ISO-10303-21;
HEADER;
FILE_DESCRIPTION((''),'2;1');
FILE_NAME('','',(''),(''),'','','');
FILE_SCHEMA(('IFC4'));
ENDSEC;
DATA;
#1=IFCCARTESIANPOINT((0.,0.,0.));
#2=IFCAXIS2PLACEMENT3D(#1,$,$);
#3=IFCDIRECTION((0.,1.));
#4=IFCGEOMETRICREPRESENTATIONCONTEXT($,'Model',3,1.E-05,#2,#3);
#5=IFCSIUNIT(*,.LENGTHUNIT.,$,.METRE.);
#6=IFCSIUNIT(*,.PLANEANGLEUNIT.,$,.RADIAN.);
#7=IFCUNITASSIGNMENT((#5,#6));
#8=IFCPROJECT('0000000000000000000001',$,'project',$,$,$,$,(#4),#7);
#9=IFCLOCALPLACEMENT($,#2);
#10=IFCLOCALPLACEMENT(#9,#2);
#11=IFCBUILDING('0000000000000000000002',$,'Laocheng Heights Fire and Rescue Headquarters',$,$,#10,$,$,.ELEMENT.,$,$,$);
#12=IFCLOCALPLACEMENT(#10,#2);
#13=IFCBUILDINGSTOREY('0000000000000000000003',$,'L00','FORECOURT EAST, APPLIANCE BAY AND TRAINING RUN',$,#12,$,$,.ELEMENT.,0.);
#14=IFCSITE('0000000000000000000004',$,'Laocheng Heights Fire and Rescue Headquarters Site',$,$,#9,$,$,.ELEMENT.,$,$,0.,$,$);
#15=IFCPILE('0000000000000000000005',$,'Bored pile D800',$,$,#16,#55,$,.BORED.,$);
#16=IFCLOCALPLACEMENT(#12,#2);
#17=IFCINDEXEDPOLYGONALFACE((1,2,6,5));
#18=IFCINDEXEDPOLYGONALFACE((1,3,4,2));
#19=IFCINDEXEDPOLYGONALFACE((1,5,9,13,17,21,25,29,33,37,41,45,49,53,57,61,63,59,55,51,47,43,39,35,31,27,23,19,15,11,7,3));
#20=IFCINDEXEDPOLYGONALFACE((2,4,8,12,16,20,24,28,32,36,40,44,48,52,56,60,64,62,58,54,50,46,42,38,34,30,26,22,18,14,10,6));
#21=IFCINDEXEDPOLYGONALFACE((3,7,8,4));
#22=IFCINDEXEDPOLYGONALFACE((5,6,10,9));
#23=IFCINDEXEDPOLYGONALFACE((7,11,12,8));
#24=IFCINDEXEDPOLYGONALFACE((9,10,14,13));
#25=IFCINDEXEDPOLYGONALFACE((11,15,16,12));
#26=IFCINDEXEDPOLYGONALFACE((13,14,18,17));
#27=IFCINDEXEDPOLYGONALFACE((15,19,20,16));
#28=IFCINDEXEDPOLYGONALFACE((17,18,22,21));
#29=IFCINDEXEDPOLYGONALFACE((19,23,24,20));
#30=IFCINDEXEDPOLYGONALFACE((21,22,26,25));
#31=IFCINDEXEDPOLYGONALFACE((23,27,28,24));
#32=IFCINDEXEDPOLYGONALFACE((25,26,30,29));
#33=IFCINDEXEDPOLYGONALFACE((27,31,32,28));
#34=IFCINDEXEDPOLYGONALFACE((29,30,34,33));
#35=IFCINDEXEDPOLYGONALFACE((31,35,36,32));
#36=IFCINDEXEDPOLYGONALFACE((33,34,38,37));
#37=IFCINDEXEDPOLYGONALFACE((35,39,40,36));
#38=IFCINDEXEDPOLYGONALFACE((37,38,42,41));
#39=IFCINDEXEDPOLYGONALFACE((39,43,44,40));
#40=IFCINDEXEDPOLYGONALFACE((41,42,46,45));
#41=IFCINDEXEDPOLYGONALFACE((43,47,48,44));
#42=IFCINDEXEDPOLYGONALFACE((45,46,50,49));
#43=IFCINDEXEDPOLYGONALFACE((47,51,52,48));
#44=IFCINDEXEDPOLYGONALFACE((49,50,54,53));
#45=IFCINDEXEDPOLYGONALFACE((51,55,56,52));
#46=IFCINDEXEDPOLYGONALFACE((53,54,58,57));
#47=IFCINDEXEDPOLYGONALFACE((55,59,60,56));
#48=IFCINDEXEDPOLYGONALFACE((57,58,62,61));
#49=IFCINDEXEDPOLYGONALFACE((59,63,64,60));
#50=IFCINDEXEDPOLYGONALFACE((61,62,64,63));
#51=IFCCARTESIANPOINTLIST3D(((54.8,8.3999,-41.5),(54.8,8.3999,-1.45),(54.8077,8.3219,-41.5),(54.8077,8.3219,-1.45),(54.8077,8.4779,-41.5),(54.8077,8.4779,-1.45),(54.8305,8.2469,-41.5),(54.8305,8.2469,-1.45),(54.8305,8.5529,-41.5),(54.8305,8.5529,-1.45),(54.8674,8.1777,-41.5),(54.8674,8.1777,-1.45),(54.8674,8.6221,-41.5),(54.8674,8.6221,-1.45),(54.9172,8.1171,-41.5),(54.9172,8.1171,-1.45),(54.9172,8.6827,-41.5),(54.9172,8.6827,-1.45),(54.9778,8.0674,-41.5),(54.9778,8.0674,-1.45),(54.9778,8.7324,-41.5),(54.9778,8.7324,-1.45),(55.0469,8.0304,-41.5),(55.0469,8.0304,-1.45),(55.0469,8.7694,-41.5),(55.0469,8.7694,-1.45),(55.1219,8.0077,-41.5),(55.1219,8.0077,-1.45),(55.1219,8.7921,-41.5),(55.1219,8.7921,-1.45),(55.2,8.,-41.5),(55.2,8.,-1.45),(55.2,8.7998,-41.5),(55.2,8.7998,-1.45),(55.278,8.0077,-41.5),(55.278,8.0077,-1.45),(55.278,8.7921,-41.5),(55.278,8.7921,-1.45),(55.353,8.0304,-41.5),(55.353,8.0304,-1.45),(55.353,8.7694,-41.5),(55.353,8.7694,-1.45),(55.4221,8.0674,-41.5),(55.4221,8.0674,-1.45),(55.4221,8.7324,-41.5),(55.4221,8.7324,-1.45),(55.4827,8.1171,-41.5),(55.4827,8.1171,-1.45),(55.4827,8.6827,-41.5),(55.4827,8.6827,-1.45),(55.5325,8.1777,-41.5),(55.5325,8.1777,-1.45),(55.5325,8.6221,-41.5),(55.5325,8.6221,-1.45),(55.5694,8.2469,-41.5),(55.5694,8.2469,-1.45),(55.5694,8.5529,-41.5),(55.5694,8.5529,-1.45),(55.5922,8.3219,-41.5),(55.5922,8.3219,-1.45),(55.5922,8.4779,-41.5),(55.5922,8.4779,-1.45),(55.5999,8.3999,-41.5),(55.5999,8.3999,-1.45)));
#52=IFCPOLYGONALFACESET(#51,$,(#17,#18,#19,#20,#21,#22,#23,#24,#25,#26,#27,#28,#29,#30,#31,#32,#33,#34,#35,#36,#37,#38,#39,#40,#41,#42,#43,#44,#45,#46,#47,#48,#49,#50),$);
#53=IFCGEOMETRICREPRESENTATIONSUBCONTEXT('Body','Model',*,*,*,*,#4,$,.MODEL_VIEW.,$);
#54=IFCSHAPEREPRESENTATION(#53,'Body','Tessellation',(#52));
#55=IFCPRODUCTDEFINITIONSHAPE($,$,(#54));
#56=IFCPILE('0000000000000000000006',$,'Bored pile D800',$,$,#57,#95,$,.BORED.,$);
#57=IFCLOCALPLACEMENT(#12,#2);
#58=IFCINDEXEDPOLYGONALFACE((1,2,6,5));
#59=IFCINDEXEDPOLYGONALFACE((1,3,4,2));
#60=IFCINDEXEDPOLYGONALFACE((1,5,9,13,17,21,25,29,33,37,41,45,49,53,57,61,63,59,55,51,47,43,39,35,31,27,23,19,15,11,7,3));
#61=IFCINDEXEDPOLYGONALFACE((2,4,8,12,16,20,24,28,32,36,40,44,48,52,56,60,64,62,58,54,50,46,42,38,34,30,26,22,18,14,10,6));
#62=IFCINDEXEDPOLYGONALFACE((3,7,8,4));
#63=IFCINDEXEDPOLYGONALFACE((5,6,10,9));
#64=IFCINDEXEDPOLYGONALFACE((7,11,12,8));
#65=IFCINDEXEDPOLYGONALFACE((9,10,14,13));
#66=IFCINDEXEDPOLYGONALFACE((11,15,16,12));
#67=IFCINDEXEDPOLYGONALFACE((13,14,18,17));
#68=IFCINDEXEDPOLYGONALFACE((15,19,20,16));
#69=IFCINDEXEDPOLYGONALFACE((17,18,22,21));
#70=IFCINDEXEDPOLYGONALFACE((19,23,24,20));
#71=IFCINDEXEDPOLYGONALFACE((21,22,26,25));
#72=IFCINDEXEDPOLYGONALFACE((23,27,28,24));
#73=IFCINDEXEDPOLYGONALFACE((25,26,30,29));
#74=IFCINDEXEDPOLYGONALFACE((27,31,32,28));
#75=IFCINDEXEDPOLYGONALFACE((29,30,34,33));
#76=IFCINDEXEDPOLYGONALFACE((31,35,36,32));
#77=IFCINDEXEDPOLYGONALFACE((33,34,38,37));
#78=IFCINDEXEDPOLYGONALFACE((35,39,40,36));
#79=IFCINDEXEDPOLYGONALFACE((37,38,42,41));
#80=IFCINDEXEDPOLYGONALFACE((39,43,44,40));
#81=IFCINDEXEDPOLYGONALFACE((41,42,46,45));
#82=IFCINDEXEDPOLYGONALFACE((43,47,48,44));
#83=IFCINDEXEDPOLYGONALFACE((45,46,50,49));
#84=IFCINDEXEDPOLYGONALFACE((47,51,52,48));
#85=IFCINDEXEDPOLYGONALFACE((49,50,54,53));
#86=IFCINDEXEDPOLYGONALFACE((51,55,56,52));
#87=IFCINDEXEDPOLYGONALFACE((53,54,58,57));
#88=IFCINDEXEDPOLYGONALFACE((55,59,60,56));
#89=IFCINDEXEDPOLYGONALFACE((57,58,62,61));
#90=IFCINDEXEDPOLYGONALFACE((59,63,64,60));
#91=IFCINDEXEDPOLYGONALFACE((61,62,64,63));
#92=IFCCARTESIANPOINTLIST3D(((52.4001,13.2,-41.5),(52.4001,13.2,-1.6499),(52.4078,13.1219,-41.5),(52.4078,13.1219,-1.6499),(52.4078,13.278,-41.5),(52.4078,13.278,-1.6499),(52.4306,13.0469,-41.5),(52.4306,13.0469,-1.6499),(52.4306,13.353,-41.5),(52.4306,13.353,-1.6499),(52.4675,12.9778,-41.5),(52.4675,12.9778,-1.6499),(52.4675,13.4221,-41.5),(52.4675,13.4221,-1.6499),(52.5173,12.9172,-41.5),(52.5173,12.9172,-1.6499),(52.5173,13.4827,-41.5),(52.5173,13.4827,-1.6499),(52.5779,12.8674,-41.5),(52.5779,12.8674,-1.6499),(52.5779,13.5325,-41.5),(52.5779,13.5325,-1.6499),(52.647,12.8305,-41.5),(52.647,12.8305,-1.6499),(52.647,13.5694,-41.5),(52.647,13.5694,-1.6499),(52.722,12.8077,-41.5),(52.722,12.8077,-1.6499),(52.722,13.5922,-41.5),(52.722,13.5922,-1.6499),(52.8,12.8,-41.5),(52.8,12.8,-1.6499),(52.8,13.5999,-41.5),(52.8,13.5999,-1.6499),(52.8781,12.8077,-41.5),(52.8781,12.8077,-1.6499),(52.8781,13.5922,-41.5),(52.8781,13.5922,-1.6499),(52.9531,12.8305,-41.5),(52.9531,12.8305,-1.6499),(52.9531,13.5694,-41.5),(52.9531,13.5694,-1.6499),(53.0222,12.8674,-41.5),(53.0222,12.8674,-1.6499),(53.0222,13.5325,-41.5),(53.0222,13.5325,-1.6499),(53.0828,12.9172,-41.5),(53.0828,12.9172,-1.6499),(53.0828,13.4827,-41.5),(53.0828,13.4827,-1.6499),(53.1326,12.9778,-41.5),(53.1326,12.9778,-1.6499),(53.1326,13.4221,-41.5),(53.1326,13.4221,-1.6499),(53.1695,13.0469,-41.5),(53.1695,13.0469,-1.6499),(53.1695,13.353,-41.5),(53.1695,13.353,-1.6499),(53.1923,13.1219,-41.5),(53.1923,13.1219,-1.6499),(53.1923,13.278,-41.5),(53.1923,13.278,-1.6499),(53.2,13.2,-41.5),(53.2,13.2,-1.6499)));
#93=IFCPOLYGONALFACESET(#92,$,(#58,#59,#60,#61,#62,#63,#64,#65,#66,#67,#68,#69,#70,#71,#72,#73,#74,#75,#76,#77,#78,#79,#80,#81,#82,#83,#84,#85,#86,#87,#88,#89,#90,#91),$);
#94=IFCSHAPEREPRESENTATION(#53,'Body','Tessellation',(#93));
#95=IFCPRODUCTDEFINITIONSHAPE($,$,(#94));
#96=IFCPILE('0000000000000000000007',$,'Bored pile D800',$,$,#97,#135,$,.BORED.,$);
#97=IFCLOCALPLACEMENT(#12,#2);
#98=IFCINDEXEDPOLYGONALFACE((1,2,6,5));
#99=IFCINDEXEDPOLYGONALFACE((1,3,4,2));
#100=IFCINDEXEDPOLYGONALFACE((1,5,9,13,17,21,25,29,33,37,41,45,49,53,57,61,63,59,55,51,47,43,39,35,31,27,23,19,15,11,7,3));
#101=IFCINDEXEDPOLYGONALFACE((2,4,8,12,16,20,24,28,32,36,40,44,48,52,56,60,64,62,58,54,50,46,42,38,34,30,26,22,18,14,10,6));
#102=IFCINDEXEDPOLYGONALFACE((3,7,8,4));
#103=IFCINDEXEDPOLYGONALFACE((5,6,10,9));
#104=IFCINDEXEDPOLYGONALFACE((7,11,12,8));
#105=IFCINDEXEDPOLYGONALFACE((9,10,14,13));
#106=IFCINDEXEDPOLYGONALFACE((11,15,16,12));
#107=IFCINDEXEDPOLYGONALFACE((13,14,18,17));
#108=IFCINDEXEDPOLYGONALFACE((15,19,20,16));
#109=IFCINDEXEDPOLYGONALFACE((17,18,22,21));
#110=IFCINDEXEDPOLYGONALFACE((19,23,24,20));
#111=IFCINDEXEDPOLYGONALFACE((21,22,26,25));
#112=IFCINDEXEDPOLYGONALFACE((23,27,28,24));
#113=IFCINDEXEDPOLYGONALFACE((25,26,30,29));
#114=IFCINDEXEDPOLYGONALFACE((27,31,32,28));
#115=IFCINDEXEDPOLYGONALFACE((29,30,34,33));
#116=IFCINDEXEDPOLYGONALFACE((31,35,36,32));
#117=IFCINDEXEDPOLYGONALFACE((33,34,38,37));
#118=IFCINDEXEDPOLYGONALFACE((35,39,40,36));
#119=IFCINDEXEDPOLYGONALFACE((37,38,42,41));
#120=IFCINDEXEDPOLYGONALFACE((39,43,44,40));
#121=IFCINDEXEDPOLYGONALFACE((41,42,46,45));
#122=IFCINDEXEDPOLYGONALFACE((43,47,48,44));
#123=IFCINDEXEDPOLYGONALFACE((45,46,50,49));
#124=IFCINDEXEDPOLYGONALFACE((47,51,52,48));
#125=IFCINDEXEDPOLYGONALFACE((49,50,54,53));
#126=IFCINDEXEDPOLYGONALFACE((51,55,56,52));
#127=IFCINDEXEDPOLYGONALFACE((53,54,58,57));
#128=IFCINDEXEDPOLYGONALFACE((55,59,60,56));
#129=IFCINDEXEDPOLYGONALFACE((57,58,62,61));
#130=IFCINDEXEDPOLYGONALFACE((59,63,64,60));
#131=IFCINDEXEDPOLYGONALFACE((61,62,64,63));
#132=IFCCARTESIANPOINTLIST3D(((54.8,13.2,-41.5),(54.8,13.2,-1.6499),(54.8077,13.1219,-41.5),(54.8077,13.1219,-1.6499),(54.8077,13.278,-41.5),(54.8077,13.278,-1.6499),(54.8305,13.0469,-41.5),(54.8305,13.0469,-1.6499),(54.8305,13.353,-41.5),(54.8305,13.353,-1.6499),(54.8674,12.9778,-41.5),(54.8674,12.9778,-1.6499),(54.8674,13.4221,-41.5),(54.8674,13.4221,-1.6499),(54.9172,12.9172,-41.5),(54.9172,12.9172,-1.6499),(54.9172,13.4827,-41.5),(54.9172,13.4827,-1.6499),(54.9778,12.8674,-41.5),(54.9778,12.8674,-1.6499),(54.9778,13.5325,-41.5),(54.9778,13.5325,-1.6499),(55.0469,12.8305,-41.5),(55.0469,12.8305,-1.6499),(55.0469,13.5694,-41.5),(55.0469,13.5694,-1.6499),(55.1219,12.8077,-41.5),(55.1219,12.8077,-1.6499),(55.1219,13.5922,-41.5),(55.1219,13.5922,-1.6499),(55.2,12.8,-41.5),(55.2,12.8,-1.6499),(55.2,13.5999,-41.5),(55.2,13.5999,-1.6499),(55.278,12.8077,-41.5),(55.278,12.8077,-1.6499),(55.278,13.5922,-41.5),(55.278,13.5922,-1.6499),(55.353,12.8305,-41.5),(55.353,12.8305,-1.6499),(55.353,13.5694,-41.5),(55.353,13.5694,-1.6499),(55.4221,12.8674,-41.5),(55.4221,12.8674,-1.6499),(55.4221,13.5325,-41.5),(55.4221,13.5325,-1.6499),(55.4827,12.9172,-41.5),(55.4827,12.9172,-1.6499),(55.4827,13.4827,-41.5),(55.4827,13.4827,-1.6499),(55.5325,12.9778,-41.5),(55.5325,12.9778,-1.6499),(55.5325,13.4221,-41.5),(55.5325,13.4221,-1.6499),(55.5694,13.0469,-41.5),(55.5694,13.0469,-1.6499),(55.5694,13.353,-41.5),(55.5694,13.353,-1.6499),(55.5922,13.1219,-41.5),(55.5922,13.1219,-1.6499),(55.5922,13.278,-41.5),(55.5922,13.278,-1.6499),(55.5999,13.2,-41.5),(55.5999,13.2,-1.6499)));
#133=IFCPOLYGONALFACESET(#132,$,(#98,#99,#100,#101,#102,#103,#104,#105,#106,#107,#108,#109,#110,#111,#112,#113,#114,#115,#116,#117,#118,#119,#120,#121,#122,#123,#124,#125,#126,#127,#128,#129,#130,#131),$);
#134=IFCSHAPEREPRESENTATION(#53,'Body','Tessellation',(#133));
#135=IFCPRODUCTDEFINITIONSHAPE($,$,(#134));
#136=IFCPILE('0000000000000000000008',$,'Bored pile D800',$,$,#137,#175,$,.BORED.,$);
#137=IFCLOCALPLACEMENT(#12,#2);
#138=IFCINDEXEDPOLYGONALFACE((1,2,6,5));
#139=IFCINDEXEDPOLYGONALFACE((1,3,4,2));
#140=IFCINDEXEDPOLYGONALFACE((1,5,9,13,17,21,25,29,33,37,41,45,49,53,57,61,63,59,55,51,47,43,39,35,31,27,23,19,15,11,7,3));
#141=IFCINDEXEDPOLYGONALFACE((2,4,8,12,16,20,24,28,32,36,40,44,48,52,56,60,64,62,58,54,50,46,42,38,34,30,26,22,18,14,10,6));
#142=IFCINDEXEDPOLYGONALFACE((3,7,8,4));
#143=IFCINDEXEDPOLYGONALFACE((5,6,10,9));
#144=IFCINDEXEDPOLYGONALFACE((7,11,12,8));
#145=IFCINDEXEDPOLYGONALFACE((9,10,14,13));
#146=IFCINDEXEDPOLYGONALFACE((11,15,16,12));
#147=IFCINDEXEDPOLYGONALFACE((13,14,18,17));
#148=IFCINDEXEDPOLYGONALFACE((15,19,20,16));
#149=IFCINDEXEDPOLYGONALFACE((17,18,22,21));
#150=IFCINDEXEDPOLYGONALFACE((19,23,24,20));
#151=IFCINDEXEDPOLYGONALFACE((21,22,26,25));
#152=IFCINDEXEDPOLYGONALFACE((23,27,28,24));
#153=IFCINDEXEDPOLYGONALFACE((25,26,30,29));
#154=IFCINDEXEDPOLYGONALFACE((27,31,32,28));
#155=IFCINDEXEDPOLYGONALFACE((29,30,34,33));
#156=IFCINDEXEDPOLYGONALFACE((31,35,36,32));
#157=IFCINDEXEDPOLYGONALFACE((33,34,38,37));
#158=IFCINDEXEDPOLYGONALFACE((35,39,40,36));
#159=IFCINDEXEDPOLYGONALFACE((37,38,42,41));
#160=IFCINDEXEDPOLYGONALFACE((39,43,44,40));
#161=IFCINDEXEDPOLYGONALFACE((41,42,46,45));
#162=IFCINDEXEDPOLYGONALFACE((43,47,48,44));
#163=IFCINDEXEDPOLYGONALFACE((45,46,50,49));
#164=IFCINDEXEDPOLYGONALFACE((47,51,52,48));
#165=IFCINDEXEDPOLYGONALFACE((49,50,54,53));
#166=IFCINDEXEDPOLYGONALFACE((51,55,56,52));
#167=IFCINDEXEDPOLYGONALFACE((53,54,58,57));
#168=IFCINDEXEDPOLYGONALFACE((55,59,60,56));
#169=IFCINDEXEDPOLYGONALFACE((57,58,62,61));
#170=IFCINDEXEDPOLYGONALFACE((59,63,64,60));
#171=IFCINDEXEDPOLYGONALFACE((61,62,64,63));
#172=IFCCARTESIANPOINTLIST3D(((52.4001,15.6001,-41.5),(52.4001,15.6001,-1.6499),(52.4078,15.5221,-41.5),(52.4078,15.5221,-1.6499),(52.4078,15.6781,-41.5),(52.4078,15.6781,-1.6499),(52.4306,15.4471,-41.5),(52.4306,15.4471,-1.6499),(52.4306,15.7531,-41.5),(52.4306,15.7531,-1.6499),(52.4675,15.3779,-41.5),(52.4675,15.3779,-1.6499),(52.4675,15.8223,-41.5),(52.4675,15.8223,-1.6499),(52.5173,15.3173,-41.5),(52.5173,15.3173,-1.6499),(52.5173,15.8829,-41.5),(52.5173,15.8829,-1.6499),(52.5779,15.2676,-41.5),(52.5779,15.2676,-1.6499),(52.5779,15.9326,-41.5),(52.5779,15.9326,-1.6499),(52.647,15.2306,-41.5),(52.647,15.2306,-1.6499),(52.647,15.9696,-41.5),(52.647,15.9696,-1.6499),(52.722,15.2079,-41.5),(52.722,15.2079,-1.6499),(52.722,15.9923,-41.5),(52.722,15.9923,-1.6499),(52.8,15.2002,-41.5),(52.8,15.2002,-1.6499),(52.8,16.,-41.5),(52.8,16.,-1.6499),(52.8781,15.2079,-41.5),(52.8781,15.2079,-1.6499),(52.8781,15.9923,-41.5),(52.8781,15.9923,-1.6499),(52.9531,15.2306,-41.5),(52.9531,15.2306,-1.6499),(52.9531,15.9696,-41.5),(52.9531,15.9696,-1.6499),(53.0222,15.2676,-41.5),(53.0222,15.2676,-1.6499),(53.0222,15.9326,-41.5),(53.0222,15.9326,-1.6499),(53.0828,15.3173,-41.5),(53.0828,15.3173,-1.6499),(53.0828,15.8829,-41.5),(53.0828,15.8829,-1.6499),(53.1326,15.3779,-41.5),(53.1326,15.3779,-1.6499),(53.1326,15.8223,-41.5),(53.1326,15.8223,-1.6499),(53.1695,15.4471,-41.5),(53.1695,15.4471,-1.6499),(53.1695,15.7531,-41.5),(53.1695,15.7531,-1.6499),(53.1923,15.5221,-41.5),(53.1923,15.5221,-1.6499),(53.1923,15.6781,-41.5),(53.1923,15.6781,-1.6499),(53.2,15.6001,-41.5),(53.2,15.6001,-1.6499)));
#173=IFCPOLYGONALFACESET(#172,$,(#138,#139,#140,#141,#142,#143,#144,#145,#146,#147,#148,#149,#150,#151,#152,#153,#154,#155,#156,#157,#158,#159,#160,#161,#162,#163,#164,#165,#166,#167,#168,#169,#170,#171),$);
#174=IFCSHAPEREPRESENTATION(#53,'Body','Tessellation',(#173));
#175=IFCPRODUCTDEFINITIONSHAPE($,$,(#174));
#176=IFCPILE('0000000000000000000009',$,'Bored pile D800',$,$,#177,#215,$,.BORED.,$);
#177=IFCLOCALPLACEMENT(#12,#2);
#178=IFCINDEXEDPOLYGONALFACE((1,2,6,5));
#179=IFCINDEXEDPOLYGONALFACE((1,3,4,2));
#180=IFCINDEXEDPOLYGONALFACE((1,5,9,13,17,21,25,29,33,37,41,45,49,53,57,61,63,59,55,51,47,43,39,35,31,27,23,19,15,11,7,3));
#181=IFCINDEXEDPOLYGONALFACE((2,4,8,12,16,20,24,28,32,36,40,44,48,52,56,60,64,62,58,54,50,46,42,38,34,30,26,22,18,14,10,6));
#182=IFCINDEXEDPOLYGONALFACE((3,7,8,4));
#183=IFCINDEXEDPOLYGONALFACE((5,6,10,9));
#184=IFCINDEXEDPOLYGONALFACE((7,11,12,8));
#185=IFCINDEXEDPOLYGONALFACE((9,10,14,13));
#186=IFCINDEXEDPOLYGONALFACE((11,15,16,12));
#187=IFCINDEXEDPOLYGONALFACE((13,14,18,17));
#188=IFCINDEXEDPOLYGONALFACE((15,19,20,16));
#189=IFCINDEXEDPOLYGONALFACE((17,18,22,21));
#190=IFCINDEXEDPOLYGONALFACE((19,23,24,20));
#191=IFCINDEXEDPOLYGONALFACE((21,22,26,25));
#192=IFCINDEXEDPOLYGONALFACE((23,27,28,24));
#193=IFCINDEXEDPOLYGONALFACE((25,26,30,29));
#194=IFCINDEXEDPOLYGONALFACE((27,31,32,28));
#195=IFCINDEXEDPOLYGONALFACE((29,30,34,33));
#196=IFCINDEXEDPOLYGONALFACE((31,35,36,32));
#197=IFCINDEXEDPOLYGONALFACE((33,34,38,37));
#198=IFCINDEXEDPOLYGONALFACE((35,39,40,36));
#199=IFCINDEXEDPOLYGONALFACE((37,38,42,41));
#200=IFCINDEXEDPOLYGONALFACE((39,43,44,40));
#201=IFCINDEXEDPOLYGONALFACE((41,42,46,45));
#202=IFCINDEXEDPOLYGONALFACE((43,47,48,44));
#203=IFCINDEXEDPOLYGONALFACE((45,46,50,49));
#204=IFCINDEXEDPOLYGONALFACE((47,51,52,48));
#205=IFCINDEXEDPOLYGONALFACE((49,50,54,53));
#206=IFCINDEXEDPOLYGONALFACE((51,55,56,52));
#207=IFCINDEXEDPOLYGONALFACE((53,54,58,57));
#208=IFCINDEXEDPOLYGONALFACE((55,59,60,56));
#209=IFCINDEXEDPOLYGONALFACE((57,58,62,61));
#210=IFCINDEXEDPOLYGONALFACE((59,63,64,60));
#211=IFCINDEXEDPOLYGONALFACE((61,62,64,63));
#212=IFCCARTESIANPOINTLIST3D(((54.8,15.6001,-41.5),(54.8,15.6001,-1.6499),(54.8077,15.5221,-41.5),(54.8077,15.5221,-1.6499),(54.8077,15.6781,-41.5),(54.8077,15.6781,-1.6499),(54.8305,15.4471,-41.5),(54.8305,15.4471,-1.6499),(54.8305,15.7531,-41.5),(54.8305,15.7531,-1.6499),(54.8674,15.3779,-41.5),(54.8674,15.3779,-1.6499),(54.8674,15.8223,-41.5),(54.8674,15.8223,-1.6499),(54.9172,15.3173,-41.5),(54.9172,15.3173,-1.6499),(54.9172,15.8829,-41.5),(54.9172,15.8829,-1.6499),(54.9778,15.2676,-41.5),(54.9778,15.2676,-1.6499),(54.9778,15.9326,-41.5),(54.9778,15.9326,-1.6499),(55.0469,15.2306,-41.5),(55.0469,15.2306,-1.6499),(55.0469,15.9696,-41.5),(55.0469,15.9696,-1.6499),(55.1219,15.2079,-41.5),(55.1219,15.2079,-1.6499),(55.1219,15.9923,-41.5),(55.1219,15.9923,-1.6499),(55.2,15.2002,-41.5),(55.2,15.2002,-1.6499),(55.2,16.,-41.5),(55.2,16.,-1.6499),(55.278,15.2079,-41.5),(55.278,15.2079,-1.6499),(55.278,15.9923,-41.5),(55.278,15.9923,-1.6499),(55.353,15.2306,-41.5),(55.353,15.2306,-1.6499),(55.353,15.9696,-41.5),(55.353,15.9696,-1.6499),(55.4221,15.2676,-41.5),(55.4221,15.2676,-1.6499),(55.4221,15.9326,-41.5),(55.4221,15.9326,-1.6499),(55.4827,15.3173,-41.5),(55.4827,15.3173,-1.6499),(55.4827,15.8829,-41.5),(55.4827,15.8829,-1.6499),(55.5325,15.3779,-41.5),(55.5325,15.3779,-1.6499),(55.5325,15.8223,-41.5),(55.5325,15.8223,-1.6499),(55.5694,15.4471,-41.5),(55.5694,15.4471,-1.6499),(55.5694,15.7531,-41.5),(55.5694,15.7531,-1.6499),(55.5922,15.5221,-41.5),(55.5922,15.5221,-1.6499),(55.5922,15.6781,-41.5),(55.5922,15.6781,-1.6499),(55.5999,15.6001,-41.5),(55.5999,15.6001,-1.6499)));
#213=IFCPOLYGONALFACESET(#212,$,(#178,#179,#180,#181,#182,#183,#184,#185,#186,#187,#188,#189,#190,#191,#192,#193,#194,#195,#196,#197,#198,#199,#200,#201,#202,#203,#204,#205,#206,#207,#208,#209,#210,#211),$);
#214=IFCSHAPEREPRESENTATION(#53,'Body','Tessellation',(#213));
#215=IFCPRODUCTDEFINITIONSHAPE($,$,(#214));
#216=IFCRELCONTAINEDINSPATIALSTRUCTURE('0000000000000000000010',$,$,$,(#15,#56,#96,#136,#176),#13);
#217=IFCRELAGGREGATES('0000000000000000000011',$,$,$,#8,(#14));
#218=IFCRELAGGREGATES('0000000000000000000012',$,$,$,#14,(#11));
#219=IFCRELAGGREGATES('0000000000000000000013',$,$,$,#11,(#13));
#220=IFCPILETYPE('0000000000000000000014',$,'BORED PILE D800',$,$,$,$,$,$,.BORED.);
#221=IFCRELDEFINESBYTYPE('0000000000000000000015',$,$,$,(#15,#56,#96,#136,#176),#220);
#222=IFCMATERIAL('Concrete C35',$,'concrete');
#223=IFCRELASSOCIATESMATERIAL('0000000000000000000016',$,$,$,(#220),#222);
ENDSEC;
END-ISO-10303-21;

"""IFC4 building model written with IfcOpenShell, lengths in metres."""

from ifc_helpers import new_model, si_unit, direction, frame, origin, origin_2d, place, context, subcontext, project, spatial, circle, extrude, material, material_profile, profile_set, type_object, element, save


model = new_model("IFC4")

# Units and contexts
model_context = context("Model", 3, precision=1e-05, world=origin(), true_north=direction((0.0, 1.0)))
body_context = subcontext(model_context, "Body", "Model", "MODEL_VIEW")
ifc_project = project(units=[si_unit("LENGTHUNIT", "METRE"), si_unit("PLANEANGLEUNIT", "RADIAN")], contexts=[model_context])

# Site, building, storey
site_placement = place(None, origin())
site = spatial("IfcSite", under=ifc_project, at=site_placement, Name="Laocheng Heights Fire and Rescue Headquarters Site", CompositionType="ELEMENT", RefElevation=0.0)
building_placement = place(site_placement, origin())
building = spatial("IfcBuilding", under=site, at=building_placement, Name="Laocheng Heights Fire and Rescue Headquarters", CompositionType="ELEMENT")
storey_placement = place(building_placement, origin())
storey = spatial("IfcBuildingStorey", under=building, at=storey_placement, Name="L00", Description="FORECOURT EAST, APPLIANCE BAY AND TRAINING RUN", CompositionType="ELEMENT", Elevation=0.0)

# Piles
ifc_material_1 = material(Name="Concrete C35", Category="concrete")
ifc_material_profile_1 = material_profile(ifc_material_1, circle(Radius=0.3999, at=origin_2d()), Name="BORED PILE D800")
ifc_profile_set_1 = profile_set([ifc_material_profile_1], Name="Concrete C35")
pile_type = type_object("IfcPileType", Name="BORED PILE D800", PredefinedType="BORED", material=ifc_profile_set_1)
pile_placement = place(storey_placement, frame((55.2, 8.3999, -1.45), z_axis=(0.0, 0.0, -1.0), x_axis=(1.0, 0.0, 0.0)))
element("IfcPile", 1, at=pile_placement, inside=storey, type_object=pile_type, Name="Bored pile D800", PredefinedType="BORED", context=body_context, shape_type="SweptSolid", body=[
    extrude(circle(Radius=0.3999, at=origin_2d()), origin(), (0.0, 0.0, 1.0), 40.05),
])
for number, where, z_axis, x_axis, name in (
    (2, (52.8, 13.2, -1.6499), (0.0, 0.0, -1.0), (1.0, 0.0, 0.0), "Bored pile D800"),
    (3, (55.2, 13.2, -1.6499), (0.0, 0.0, -1.0), (1.0, 0.0, 0.0), "Bored pile D800"),
    (4, (52.8, 15.6001, -1.6499), (0.0, 0.0, -1.0), (1.0, 0.0, 0.0), "Bored pile D800"),
    (5, (55.2, 15.6001, -1.6499), (0.0, 0.0, -1.0), (1.0, 0.0, 0.0), "Bored pile D800"),
):
    element("IfcPile", number, at=place(storey_placement, frame(where, z_axis=z_axis, x_axis=x_axis)), inside=storey, type_object=pile_type, Name=name, PredefinedType="BORED", context=body_context, shape_type="SweptSolid", body=[
        extrude(circle(Radius=0.3999, at=origin_2d()), origin(), (0.0, 0.0, 1.0), 39.8501),
    ])

save(model, "model.ifc")
